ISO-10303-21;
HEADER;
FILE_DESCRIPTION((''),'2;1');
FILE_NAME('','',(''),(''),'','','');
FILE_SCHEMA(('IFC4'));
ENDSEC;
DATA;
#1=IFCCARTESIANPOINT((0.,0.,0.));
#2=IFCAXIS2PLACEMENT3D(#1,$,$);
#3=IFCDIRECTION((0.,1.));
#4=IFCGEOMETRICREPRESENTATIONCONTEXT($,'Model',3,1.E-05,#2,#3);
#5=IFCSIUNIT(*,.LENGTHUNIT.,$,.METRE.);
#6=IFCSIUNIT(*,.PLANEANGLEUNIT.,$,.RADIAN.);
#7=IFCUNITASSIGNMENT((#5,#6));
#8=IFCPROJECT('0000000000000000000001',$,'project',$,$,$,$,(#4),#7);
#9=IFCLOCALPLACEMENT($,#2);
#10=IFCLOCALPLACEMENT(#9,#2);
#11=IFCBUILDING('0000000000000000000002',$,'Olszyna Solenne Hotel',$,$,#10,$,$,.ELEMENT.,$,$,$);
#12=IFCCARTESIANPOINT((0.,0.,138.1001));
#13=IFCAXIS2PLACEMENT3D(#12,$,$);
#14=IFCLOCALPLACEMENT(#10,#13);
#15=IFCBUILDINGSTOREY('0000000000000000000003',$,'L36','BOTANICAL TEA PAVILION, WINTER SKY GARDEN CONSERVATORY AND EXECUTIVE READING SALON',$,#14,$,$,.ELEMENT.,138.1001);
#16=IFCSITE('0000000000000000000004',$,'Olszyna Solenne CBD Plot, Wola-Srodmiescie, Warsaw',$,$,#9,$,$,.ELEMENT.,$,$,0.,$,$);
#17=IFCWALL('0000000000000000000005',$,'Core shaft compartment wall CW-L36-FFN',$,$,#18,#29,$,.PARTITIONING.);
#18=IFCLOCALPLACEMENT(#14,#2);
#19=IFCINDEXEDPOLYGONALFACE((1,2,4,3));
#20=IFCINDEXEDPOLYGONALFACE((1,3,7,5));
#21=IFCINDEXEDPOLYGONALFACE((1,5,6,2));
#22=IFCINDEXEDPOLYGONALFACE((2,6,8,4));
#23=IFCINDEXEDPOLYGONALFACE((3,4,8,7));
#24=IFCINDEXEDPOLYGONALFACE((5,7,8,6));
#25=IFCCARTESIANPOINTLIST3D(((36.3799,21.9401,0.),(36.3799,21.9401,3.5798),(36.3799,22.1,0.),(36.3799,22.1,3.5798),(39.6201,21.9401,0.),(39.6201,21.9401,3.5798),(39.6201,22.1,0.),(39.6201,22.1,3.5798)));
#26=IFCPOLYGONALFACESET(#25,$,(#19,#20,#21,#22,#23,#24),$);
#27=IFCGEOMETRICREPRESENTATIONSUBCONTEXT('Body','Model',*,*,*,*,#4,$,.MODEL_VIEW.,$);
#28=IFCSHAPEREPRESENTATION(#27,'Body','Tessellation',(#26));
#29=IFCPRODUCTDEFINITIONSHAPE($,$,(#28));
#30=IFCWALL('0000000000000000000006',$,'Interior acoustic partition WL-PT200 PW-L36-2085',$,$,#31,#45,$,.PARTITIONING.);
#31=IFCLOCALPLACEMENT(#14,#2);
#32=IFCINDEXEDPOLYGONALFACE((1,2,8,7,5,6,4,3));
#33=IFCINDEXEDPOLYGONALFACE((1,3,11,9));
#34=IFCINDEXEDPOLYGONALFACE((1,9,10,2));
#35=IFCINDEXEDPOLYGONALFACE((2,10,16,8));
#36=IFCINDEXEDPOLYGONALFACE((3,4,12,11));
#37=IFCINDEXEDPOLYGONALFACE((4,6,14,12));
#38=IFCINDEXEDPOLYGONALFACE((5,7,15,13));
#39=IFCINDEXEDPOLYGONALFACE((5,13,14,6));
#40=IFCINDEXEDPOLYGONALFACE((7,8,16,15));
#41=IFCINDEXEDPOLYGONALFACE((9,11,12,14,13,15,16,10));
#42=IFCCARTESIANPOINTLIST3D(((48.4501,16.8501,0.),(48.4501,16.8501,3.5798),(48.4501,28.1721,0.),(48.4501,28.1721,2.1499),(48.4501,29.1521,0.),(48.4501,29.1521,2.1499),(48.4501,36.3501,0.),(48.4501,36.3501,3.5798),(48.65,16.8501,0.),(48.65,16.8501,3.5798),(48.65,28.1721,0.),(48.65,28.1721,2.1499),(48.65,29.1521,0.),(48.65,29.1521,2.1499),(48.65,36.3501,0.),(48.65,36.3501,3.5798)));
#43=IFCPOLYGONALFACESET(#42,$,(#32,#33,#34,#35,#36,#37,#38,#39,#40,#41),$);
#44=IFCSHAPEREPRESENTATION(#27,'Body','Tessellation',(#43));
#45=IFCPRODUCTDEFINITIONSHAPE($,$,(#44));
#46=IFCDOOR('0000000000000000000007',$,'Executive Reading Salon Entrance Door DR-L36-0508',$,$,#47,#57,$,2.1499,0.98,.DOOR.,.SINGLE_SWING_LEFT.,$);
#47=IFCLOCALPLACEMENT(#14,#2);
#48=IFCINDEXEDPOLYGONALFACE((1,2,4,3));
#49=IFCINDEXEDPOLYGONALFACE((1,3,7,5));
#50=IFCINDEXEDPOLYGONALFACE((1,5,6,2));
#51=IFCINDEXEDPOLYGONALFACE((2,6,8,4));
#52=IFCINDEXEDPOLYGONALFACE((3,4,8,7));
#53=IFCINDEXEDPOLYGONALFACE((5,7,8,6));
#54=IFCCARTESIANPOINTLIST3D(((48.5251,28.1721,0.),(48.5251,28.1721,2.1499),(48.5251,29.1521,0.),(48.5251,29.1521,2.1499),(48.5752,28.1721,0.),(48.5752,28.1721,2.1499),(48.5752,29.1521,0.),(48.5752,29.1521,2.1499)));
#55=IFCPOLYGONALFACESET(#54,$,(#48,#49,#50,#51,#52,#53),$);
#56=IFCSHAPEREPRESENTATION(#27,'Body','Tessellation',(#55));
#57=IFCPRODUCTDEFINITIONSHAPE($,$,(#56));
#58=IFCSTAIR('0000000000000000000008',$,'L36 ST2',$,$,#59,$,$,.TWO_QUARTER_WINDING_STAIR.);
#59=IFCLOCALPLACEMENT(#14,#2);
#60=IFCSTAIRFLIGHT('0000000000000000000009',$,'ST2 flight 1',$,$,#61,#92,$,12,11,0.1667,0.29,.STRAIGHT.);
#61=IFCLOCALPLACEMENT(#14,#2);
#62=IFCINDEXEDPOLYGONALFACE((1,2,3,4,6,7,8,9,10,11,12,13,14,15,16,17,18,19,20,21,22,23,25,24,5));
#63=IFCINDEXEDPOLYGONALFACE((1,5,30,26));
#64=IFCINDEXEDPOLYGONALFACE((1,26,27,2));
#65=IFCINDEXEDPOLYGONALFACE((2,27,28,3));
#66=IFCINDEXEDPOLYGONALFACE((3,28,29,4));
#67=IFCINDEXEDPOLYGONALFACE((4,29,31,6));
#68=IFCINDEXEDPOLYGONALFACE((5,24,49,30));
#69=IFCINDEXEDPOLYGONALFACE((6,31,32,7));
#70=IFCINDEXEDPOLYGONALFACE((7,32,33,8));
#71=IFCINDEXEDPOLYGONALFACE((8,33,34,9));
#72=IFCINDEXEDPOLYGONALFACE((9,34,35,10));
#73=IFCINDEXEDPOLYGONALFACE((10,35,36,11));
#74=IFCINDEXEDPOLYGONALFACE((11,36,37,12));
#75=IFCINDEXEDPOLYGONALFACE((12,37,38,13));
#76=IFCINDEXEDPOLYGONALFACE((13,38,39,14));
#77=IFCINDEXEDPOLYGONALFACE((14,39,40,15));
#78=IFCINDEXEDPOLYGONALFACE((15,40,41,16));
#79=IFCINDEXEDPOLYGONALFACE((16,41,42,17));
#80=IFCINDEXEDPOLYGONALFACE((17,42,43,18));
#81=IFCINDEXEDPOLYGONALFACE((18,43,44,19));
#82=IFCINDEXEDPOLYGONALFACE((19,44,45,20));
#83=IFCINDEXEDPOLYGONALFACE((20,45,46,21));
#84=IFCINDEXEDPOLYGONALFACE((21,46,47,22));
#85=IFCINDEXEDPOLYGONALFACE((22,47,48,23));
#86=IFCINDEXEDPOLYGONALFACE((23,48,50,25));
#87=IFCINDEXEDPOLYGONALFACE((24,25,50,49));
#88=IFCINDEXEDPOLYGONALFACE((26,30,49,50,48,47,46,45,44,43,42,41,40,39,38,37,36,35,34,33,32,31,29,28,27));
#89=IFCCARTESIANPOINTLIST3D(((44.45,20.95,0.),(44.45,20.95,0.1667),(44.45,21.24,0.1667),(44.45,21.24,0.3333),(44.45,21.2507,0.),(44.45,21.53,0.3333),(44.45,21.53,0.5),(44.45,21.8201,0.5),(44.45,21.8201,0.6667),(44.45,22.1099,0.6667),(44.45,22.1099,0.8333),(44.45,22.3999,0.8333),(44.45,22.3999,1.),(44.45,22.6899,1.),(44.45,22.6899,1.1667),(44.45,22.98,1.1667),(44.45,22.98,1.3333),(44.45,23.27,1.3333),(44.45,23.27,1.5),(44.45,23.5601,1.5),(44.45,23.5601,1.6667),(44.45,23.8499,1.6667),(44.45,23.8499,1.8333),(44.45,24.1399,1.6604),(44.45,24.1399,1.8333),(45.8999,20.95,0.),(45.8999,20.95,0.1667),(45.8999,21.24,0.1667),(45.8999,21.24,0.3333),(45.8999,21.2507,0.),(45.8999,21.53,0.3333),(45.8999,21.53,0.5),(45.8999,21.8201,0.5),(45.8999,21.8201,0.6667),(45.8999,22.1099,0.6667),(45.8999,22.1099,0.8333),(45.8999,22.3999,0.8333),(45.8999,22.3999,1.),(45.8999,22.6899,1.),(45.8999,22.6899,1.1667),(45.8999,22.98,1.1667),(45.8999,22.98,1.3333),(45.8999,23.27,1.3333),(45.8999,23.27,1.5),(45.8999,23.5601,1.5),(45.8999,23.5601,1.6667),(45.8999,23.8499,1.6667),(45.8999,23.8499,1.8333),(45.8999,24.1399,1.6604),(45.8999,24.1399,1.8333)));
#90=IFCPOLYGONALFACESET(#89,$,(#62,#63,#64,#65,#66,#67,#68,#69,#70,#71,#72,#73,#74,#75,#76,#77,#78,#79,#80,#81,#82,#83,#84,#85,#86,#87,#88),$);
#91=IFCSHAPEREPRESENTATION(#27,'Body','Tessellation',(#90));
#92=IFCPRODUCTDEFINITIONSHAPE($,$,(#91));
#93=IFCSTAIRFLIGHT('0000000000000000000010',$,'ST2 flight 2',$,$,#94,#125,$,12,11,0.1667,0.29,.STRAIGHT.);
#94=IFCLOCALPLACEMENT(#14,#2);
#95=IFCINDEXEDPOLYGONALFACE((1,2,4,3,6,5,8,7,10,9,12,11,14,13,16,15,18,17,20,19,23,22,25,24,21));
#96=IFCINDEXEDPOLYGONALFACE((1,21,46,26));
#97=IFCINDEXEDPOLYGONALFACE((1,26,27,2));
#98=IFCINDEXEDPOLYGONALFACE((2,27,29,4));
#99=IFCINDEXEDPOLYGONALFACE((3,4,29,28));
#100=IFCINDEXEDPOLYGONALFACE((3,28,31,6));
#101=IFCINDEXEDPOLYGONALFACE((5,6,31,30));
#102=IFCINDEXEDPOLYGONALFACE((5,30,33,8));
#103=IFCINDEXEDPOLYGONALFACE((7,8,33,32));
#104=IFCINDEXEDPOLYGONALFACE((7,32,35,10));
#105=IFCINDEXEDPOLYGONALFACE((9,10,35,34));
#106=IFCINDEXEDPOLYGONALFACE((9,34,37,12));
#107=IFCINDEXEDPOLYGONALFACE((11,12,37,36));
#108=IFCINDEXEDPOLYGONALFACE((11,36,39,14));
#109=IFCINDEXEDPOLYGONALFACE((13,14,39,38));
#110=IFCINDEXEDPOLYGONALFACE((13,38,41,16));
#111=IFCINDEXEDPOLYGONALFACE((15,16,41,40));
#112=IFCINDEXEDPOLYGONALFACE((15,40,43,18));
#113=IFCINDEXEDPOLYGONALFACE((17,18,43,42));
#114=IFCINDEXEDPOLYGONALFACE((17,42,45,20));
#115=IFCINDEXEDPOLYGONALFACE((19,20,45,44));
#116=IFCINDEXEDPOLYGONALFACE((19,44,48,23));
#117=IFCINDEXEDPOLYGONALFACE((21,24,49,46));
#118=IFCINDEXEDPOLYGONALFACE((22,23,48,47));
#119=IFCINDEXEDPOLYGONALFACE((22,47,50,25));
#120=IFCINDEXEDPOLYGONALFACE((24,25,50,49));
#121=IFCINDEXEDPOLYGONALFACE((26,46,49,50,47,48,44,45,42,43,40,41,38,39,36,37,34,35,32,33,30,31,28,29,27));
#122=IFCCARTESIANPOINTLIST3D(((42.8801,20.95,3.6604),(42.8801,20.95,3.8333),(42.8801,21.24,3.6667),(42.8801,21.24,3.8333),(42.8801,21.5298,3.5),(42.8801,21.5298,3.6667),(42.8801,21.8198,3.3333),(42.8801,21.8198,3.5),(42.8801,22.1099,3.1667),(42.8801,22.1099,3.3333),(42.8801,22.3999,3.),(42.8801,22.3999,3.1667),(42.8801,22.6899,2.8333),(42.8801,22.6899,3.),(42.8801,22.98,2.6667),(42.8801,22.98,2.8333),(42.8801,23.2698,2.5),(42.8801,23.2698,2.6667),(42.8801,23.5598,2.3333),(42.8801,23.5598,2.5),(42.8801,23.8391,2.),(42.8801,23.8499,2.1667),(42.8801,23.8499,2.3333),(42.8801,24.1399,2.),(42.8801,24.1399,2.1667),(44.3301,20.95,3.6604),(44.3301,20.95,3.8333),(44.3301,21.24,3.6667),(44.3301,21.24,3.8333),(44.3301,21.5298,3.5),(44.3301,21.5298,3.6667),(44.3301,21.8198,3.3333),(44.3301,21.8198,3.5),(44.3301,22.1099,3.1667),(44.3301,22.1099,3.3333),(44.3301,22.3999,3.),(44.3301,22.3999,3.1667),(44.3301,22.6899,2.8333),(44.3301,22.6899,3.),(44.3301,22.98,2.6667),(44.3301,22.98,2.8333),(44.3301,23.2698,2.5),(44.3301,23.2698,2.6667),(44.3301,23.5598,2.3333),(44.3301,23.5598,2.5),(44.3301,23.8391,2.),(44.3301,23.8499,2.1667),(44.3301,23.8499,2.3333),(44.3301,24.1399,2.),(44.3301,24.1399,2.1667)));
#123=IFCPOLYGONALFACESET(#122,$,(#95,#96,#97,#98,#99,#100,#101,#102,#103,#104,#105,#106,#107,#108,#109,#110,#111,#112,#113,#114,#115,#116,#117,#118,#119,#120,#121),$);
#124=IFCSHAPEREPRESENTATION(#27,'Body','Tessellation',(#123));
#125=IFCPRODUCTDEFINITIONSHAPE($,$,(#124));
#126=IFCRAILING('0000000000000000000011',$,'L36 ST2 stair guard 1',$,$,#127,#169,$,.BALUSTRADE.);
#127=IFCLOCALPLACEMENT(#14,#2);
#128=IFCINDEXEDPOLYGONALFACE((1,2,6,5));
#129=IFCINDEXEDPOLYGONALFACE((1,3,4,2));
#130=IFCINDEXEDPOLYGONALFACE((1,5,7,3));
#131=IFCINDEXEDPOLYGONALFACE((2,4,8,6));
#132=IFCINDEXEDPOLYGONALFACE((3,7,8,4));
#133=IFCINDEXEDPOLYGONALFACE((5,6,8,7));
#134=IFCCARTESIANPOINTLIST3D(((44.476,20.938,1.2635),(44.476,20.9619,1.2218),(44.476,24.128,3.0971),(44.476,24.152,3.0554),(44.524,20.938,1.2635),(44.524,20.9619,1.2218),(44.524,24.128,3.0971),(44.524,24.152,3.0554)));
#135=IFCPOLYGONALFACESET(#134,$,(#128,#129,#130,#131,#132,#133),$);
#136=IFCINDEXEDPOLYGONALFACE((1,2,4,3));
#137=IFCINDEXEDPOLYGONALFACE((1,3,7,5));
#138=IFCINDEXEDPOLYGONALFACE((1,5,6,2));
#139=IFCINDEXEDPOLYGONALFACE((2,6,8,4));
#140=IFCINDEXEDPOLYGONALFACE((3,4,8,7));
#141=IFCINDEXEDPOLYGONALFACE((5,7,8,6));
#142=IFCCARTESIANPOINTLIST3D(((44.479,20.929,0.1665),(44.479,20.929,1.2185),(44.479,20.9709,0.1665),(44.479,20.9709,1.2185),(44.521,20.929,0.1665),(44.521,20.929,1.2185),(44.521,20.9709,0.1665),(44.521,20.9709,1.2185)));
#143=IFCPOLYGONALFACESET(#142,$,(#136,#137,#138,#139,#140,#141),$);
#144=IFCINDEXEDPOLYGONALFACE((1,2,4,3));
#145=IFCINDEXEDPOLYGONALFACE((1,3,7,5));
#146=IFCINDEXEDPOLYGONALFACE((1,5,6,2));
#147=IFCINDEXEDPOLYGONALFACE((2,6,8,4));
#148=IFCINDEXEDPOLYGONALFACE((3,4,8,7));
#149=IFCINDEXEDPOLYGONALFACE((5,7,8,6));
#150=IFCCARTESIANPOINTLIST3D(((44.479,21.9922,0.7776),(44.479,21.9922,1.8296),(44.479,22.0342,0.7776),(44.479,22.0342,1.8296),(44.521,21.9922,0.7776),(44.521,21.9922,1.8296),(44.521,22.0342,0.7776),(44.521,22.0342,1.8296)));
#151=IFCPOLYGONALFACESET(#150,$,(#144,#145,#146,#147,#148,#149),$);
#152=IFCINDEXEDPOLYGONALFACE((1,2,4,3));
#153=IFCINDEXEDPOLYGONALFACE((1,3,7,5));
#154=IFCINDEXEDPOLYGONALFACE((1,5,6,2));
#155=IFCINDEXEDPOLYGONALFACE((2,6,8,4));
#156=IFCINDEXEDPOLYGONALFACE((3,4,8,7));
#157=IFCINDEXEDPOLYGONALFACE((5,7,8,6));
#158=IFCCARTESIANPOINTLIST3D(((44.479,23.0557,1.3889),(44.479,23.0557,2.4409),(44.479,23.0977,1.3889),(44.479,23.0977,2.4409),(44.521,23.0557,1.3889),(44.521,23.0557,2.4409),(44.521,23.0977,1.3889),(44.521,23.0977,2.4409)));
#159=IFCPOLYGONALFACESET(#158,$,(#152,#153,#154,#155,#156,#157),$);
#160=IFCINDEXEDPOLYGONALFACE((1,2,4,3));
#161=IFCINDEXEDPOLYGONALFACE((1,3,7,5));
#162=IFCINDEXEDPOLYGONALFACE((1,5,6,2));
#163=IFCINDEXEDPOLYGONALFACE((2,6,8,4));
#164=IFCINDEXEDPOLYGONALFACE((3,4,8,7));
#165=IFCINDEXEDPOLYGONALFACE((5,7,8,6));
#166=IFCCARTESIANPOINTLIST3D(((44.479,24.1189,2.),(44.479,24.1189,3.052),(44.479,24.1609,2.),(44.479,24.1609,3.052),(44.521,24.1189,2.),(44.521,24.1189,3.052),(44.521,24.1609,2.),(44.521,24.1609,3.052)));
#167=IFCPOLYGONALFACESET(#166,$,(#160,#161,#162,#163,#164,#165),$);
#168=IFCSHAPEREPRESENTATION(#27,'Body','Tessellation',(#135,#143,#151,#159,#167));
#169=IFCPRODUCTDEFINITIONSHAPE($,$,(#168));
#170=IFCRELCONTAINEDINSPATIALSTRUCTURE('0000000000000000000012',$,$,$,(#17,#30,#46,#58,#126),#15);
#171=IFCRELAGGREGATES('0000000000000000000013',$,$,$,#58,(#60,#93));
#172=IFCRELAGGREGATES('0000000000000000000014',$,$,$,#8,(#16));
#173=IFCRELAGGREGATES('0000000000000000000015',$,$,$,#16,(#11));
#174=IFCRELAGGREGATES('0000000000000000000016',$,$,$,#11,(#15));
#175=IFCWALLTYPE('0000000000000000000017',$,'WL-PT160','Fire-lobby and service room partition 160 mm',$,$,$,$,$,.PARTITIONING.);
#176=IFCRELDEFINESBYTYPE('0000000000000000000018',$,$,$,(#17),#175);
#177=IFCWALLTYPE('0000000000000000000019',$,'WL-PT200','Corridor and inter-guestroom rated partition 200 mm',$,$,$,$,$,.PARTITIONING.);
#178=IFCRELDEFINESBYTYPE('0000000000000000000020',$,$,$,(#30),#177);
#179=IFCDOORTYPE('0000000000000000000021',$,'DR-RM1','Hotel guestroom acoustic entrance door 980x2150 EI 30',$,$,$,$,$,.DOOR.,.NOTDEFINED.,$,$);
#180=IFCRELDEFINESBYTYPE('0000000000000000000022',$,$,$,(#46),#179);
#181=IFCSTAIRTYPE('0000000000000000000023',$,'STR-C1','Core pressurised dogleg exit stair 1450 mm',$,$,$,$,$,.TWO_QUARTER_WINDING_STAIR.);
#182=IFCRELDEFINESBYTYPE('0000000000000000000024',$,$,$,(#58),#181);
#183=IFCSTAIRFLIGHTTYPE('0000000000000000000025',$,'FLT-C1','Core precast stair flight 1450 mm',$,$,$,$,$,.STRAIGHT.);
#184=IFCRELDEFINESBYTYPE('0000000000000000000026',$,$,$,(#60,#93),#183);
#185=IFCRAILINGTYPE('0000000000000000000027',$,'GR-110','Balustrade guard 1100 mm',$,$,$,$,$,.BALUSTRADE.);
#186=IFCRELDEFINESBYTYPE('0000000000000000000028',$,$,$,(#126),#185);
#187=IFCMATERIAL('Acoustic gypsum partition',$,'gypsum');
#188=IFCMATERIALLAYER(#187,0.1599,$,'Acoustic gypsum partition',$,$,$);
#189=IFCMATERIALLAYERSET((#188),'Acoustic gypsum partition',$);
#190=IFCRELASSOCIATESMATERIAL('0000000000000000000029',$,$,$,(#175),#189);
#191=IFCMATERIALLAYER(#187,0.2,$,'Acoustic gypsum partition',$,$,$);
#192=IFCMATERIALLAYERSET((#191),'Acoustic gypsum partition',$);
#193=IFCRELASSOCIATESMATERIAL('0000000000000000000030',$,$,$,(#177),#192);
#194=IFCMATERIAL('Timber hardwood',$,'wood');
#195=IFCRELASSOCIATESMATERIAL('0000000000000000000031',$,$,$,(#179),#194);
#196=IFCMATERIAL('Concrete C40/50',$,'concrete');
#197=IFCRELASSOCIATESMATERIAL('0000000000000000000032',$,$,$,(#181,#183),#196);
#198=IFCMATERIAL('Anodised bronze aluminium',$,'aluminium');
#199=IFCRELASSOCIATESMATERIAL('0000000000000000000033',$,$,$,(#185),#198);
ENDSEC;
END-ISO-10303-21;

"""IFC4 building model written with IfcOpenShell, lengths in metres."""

from ifc_helpers import new_model, si_unit, direction, frame, frame_2d, origin, origin_2d, place, context, subcontext, project, spatial, polyline, rectangle, outline, extrude, source, transform, mapped, material, layer, layer_set, type_object, type_shapes, element, fill, aggregate, save


model = new_model("IFC4")

# Units and contexts
model_context = context("Model", 3, precision=1e-05, world=origin(), true_north=direction((0.0, 1.0)))
body_context = subcontext(model_context, "Body", "Model", "MODEL_VIEW")
ifc_project = project(units=[si_unit("LENGTHUNIT", "METRE"), si_unit("PLANEANGLEUNIT", "RADIAN")], contexts=[model_context])

# Site, building, storey
site_placement = place(None, origin())
site = spatial("IfcSite", under=ifc_project, at=site_placement, Name="Olszyna Solenne CBD Plot, Wola-Srodmiescie, Warsaw", CompositionType="ELEMENT", RefElevation=0.0)
building_placement = place(site_placement, origin())
building = spatial("IfcBuilding", under=site, at=building_placement, Name="Olszyna Solenne Hotel", CompositionType="ELEMENT")
storey_placement = place(building_placement, frame((0.0, 0.0, 138.1001)))
storey = spatial("IfcBuildingStorey", under=building, at=storey_placement, Name="L36", Description="BOTANICAL TEA PAVILION, WINTER SKY GARDEN CONSERVATORY AND EXECUTIVE READING SALON", CompositionType="ELEMENT", Elevation=138.1001)

# Shared definitions
ifc_material_1 = material(Name="Anodised bronze aluminium", Category="aluminium")

# Shared definitions
ifc_material_2 = material(Name="Acoustic gypsum partition", Category="gypsum")

# Shared definitions
ifc_material_3 = material(Name="Timber hardwood", Category="wood")

# Shared definitions
ifc_layer_1 = layer(ifc_material_2, 0.1599, Name="Acoustic gypsum partition")
ifc_layer_set_1 = layer_set([ifc_layer_1], Name="Acoustic gypsum partition")
wall_type_1 = type_object("IfcWallType", Name="WL-PT160", Description="Fire-lobby and service room partition 160 mm", PredefinedType="PARTITIONING", material=ifc_layer_set_1)

# Wall
wall_1_placement = place(storey_placement, frame((36.3799, 22.02, 0.0), z_axis=(0.0, 0.0, 1.0), x_axis=(1.0, 0.0, 0.0)))
element("IfcWall", 1, at=wall_1_placement, inside=storey, type_object=wall_type_1, Name="Core shaft compartment wall CW-L36-FFN", PredefinedType="PARTITIONING", context=body_context, shape_type="SweptSolid", body=[
    extrude(rectangle(XDim=3.2402, YDim=0.1599, at=frame_2d((1.6201, 0.0))), origin(), (0.0, 0.0, 1.0), 3.5798),
])

# Wall, opening, door
ifc_layer_2 = layer(ifc_material_2, 0.2, Name="Acoustic gypsum partition")
ifc_layer_set_2 = layer_set([ifc_layer_2], Name="Acoustic gypsum partition")
wall_type_2 = type_object("IfcWallType", Name="WL-PT200", Description="Corridor and inter-guestroom rated partition 200 mm", PredefinedType="PARTITIONING", material=ifc_layer_set_2)
door_type_1 = type_object("IfcDoorType", Name="DR-RM1", Description="Hotel guestroom acoustic entrance door 980x2150 EI 30", OperationType="NOTDEFINED", PredefinedType="DOOR", material=ifc_material_3)
shared_shape_1 = source(origin(), body_context, "Body", "SweptSolid", [
    extrude(rectangle(XDim=0.98, YDim=2.1499, at=frame_2d((0.49, 1.075))), frame((0.0, 0.0249, 0.0), z_axis=(0.0, -1.0, 0.0), x_axis=(1.0, 0.0, 0.0)), (0.0, 0.0, 1.0), 0.05),
])
type_shapes(door_type_1, [shared_shape_1])
wall_2_placement = place(storey_placement, frame((48.55, 16.8501, 0.0), z_axis=(0.0, 0.0, 1.0), x_axis=(0.0, 1.0, 0.0)))
wall_2 = element("IfcWall", 2, at=wall_2_placement, inside=storey, type_object=wall_type_2, Name="Interior acoustic partition WL-PT200 PW-L36-2085", PredefinedType="PARTITIONING", context=body_context, shape_type="SweptSolid", body=[
    extrude(rectangle(XDim=19.5, YDim=0.2, at=frame_2d((9.75, 0.0))), origin(), (0.0, 0.0, 1.0), 3.5798),
])
opening_1_placement = place(wall_2_placement, frame((11.322, 0.0, 0.0)))
opening_1 = element("IfcOpeningElement", 3, at=opening_1_placement, cuts=wall_2, PredefinedType="OPENING", context=body_context, shape_type="SweptSolid", body=[
    extrude(rectangle(XDim=0.98, YDim=2.1499, at=frame_2d((0.49, 1.075))), frame((0.0, 0.1099, 0.0), z_axis=(0.0, -1.0, 0.0), x_axis=(1.0, 0.0, 0.0)), (0.0, 0.0, 1.0), 0.22),
])
door_1_placement = place(opening_1_placement, origin())
door_1 = element("IfcDoor", 4, at=door_1_placement, inside=storey, type_object=door_type_1, Name="Executive Reading Salon Entrance Door DR-L36-0508", OperationType="SINGLE_SWING_LEFT", OverallHeight=2.1499, OverallWidth=0.98, PredefinedType="DOOR", context=body_context, shape_type="MappedRepresentation", body=[
    mapped(shared_shape_1, transform((0.0, 0.0, 0.0), x_axis=(1.0, 0.0, 0.0), y_axis=(0.0, 1.0, 0.0), z_axis=(0.0, 0.0, 1.0), scale=1.0)),
])
fill(opening_1, door_1)

# Stair, stair flights
ifc_material_4 = material(Name="Concrete C40/50", Category="concrete")
stair_type = type_object("IfcStairType", Name="STR-C1", Description="Core pressurised dogleg exit stair 1450 mm", PredefinedType="TWO_QUARTER_WINDING_STAIR", material=ifc_material_4)
stair_placement = place(storey_placement, origin())
stair = element("IfcStair", 5, at=stair_placement, inside=storey, type_object=stair_type, Name="L36 ST2", PredefinedType="TWO_QUARTER_WINDING_STAIR")
stair_flight_type = type_object("IfcStairFlightType", Name="FLT-C1", Description="Core precast stair flight 1450 mm", PredefinedType="STRAIGHT", material=ifc_material_4)
stair_flight_1_placement = place(storey_placement, frame((45.175, 20.95, 0.0), z_axis=(0.0, 0.0, 1.0), x_axis=(0.0, 1.0, 0.0)))
stair_flight_1 = element("IfcStairFlight", 6, at=stair_flight_1_placement, type_object=stair_flight_type, Name="ST2 flight 1", NumberOfRisers=12, NumberOfTreads=11, PredefinedType="STRAIGHT", RiserHeight=0.1667, TreadLength=0.29, context=body_context, shape_type="SweptSolid", body=[
    extrude(outline(polyline([(0.0, 0.0), (0.0, 0.1667), (0.29, 0.1667), (0.29, 0.3333), (0.5801, 0.3333), (0.5801, 0.5), (0.8701, 0.5), (0.8701, 0.6667), (1.1599, 0.6667), (1.1599, 0.8333), (1.45, 0.8333), (1.45, 1.0), (1.74, 1.0), (1.74, 1.1667), (2.03, 1.1667), (2.03, 1.3333), (2.3201, 1.3333), (2.3201, 1.5), (2.6101, 1.5), (2.6101, 1.6667), (2.8999, 1.6667), (2.8999, 1.8333), (3.1899, 1.8333), (3.1899, 2.0), (3.1899, 1.6604), (0.3008, 0.0), (0.0, 0.0)])), frame((0.0, 0.7251, 0.0), z_axis=(0.0, -1.0, 0.0), x_axis=(1.0, 0.0, 0.0)), (0.0, 0.0, 1.0), 1.45),
])
stair_flight_2_placement = place(storey_placement, frame((43.605, 24.1399, 2.0), z_axis=(0.0, 0.0, 1.0), x_axis=(0.0, -1.0, 0.0)))
stair_flight_2 = element("IfcStairFlight", 7, at=stair_flight_2_placement, type_object=stair_flight_type, Name="ST2 flight 2", NumberOfRisers=12, NumberOfTreads=11, PredefinedType="STRAIGHT", RiserHeight=0.1667, TreadLength=0.29, context=body_context, shape_type="SweptSolid", body=[
    extrude(outline(polyline([(0.0, 0.0), (0.0, 0.1667), (0.29, 0.1667), (0.29, 0.3333), (0.5801, 0.3333), (0.5801, 0.5), (0.8701, 0.5), (0.8701, 0.6667), (1.1599, 0.6667), (1.1599, 0.8333), (1.45, 0.8333), (1.45, 1.0), (1.74, 1.0), (1.74, 1.1667), (2.03, 1.1667), (2.03, 1.3333), (2.3201, 1.3333), (2.3201, 1.5), (2.6101, 1.5), (2.6101, 1.6667), (2.8999, 1.6667), (2.8999, 1.8333), (3.1899, 1.8333), (3.1899, 2.0), (3.1899, 1.6604), (0.3008, 0.0), (0.0, 0.0)])), frame((0.0, 0.7251, 0.0), z_axis=(0.0, -1.0, 0.0), x_axis=(1.0, 0.0, 0.0)), (0.0, 0.0, 1.0), 1.45),
])
aggregate(stair, [stair_flight_1, stair_flight_2])

# Railing
railing_type_1 = type_object("IfcRailingType", Name="GR-110", Description="Balustrade guard 1100 mm", PredefinedType="BALUSTRADE", material=ifc_material_1)
railing_1_placement = place(storey_placement, frame((44.5, 20.95, 0.1665)))
element("IfcRailing", 8, at=railing_1_placement, inside=storey, type_object=railing_type_1, Name="L36 ST2 stair guard 1", PredefinedType="BALUSTRADE", context=body_context, shape_type="SweptSolid", body=[
    extrude(rectangle(XDim=0.0481, YDim=0.0481, at=origin_2d()), frame((0.0, 0.0, 1.0762), z_axis=(0.0, 0.866991, 0.498324), x_axis=(-1.0, 0.0, 0.0)), (0.0, 0.0, 1.0), 3.6794),
    extrude(rectangle(XDim=0.042, YDim=0.042, at=origin_2d()), origin(), (0.0, 0.0, 1.0), 1.052),
    extrude(rectangle(XDim=0.042, YDim=0.042, at=origin_2d()), frame((0.0, 1.0632, 0.6111)), (0.0, 0.0, 1.0), 1.052),
    extrude(rectangle(XDim=0.042, YDim=0.042, at=origin_2d()), frame((0.0, 2.1267, 1.2224)), (0.0, 0.0, 1.0), 1.052),
    extrude(rectangle(XDim=0.042, YDim=0.042, at=origin_2d()), frame((0.0, 3.1899, 1.8335)), (0.0, 0.0, 1.0), 1.052),
])

save(model, "model.ifc")
